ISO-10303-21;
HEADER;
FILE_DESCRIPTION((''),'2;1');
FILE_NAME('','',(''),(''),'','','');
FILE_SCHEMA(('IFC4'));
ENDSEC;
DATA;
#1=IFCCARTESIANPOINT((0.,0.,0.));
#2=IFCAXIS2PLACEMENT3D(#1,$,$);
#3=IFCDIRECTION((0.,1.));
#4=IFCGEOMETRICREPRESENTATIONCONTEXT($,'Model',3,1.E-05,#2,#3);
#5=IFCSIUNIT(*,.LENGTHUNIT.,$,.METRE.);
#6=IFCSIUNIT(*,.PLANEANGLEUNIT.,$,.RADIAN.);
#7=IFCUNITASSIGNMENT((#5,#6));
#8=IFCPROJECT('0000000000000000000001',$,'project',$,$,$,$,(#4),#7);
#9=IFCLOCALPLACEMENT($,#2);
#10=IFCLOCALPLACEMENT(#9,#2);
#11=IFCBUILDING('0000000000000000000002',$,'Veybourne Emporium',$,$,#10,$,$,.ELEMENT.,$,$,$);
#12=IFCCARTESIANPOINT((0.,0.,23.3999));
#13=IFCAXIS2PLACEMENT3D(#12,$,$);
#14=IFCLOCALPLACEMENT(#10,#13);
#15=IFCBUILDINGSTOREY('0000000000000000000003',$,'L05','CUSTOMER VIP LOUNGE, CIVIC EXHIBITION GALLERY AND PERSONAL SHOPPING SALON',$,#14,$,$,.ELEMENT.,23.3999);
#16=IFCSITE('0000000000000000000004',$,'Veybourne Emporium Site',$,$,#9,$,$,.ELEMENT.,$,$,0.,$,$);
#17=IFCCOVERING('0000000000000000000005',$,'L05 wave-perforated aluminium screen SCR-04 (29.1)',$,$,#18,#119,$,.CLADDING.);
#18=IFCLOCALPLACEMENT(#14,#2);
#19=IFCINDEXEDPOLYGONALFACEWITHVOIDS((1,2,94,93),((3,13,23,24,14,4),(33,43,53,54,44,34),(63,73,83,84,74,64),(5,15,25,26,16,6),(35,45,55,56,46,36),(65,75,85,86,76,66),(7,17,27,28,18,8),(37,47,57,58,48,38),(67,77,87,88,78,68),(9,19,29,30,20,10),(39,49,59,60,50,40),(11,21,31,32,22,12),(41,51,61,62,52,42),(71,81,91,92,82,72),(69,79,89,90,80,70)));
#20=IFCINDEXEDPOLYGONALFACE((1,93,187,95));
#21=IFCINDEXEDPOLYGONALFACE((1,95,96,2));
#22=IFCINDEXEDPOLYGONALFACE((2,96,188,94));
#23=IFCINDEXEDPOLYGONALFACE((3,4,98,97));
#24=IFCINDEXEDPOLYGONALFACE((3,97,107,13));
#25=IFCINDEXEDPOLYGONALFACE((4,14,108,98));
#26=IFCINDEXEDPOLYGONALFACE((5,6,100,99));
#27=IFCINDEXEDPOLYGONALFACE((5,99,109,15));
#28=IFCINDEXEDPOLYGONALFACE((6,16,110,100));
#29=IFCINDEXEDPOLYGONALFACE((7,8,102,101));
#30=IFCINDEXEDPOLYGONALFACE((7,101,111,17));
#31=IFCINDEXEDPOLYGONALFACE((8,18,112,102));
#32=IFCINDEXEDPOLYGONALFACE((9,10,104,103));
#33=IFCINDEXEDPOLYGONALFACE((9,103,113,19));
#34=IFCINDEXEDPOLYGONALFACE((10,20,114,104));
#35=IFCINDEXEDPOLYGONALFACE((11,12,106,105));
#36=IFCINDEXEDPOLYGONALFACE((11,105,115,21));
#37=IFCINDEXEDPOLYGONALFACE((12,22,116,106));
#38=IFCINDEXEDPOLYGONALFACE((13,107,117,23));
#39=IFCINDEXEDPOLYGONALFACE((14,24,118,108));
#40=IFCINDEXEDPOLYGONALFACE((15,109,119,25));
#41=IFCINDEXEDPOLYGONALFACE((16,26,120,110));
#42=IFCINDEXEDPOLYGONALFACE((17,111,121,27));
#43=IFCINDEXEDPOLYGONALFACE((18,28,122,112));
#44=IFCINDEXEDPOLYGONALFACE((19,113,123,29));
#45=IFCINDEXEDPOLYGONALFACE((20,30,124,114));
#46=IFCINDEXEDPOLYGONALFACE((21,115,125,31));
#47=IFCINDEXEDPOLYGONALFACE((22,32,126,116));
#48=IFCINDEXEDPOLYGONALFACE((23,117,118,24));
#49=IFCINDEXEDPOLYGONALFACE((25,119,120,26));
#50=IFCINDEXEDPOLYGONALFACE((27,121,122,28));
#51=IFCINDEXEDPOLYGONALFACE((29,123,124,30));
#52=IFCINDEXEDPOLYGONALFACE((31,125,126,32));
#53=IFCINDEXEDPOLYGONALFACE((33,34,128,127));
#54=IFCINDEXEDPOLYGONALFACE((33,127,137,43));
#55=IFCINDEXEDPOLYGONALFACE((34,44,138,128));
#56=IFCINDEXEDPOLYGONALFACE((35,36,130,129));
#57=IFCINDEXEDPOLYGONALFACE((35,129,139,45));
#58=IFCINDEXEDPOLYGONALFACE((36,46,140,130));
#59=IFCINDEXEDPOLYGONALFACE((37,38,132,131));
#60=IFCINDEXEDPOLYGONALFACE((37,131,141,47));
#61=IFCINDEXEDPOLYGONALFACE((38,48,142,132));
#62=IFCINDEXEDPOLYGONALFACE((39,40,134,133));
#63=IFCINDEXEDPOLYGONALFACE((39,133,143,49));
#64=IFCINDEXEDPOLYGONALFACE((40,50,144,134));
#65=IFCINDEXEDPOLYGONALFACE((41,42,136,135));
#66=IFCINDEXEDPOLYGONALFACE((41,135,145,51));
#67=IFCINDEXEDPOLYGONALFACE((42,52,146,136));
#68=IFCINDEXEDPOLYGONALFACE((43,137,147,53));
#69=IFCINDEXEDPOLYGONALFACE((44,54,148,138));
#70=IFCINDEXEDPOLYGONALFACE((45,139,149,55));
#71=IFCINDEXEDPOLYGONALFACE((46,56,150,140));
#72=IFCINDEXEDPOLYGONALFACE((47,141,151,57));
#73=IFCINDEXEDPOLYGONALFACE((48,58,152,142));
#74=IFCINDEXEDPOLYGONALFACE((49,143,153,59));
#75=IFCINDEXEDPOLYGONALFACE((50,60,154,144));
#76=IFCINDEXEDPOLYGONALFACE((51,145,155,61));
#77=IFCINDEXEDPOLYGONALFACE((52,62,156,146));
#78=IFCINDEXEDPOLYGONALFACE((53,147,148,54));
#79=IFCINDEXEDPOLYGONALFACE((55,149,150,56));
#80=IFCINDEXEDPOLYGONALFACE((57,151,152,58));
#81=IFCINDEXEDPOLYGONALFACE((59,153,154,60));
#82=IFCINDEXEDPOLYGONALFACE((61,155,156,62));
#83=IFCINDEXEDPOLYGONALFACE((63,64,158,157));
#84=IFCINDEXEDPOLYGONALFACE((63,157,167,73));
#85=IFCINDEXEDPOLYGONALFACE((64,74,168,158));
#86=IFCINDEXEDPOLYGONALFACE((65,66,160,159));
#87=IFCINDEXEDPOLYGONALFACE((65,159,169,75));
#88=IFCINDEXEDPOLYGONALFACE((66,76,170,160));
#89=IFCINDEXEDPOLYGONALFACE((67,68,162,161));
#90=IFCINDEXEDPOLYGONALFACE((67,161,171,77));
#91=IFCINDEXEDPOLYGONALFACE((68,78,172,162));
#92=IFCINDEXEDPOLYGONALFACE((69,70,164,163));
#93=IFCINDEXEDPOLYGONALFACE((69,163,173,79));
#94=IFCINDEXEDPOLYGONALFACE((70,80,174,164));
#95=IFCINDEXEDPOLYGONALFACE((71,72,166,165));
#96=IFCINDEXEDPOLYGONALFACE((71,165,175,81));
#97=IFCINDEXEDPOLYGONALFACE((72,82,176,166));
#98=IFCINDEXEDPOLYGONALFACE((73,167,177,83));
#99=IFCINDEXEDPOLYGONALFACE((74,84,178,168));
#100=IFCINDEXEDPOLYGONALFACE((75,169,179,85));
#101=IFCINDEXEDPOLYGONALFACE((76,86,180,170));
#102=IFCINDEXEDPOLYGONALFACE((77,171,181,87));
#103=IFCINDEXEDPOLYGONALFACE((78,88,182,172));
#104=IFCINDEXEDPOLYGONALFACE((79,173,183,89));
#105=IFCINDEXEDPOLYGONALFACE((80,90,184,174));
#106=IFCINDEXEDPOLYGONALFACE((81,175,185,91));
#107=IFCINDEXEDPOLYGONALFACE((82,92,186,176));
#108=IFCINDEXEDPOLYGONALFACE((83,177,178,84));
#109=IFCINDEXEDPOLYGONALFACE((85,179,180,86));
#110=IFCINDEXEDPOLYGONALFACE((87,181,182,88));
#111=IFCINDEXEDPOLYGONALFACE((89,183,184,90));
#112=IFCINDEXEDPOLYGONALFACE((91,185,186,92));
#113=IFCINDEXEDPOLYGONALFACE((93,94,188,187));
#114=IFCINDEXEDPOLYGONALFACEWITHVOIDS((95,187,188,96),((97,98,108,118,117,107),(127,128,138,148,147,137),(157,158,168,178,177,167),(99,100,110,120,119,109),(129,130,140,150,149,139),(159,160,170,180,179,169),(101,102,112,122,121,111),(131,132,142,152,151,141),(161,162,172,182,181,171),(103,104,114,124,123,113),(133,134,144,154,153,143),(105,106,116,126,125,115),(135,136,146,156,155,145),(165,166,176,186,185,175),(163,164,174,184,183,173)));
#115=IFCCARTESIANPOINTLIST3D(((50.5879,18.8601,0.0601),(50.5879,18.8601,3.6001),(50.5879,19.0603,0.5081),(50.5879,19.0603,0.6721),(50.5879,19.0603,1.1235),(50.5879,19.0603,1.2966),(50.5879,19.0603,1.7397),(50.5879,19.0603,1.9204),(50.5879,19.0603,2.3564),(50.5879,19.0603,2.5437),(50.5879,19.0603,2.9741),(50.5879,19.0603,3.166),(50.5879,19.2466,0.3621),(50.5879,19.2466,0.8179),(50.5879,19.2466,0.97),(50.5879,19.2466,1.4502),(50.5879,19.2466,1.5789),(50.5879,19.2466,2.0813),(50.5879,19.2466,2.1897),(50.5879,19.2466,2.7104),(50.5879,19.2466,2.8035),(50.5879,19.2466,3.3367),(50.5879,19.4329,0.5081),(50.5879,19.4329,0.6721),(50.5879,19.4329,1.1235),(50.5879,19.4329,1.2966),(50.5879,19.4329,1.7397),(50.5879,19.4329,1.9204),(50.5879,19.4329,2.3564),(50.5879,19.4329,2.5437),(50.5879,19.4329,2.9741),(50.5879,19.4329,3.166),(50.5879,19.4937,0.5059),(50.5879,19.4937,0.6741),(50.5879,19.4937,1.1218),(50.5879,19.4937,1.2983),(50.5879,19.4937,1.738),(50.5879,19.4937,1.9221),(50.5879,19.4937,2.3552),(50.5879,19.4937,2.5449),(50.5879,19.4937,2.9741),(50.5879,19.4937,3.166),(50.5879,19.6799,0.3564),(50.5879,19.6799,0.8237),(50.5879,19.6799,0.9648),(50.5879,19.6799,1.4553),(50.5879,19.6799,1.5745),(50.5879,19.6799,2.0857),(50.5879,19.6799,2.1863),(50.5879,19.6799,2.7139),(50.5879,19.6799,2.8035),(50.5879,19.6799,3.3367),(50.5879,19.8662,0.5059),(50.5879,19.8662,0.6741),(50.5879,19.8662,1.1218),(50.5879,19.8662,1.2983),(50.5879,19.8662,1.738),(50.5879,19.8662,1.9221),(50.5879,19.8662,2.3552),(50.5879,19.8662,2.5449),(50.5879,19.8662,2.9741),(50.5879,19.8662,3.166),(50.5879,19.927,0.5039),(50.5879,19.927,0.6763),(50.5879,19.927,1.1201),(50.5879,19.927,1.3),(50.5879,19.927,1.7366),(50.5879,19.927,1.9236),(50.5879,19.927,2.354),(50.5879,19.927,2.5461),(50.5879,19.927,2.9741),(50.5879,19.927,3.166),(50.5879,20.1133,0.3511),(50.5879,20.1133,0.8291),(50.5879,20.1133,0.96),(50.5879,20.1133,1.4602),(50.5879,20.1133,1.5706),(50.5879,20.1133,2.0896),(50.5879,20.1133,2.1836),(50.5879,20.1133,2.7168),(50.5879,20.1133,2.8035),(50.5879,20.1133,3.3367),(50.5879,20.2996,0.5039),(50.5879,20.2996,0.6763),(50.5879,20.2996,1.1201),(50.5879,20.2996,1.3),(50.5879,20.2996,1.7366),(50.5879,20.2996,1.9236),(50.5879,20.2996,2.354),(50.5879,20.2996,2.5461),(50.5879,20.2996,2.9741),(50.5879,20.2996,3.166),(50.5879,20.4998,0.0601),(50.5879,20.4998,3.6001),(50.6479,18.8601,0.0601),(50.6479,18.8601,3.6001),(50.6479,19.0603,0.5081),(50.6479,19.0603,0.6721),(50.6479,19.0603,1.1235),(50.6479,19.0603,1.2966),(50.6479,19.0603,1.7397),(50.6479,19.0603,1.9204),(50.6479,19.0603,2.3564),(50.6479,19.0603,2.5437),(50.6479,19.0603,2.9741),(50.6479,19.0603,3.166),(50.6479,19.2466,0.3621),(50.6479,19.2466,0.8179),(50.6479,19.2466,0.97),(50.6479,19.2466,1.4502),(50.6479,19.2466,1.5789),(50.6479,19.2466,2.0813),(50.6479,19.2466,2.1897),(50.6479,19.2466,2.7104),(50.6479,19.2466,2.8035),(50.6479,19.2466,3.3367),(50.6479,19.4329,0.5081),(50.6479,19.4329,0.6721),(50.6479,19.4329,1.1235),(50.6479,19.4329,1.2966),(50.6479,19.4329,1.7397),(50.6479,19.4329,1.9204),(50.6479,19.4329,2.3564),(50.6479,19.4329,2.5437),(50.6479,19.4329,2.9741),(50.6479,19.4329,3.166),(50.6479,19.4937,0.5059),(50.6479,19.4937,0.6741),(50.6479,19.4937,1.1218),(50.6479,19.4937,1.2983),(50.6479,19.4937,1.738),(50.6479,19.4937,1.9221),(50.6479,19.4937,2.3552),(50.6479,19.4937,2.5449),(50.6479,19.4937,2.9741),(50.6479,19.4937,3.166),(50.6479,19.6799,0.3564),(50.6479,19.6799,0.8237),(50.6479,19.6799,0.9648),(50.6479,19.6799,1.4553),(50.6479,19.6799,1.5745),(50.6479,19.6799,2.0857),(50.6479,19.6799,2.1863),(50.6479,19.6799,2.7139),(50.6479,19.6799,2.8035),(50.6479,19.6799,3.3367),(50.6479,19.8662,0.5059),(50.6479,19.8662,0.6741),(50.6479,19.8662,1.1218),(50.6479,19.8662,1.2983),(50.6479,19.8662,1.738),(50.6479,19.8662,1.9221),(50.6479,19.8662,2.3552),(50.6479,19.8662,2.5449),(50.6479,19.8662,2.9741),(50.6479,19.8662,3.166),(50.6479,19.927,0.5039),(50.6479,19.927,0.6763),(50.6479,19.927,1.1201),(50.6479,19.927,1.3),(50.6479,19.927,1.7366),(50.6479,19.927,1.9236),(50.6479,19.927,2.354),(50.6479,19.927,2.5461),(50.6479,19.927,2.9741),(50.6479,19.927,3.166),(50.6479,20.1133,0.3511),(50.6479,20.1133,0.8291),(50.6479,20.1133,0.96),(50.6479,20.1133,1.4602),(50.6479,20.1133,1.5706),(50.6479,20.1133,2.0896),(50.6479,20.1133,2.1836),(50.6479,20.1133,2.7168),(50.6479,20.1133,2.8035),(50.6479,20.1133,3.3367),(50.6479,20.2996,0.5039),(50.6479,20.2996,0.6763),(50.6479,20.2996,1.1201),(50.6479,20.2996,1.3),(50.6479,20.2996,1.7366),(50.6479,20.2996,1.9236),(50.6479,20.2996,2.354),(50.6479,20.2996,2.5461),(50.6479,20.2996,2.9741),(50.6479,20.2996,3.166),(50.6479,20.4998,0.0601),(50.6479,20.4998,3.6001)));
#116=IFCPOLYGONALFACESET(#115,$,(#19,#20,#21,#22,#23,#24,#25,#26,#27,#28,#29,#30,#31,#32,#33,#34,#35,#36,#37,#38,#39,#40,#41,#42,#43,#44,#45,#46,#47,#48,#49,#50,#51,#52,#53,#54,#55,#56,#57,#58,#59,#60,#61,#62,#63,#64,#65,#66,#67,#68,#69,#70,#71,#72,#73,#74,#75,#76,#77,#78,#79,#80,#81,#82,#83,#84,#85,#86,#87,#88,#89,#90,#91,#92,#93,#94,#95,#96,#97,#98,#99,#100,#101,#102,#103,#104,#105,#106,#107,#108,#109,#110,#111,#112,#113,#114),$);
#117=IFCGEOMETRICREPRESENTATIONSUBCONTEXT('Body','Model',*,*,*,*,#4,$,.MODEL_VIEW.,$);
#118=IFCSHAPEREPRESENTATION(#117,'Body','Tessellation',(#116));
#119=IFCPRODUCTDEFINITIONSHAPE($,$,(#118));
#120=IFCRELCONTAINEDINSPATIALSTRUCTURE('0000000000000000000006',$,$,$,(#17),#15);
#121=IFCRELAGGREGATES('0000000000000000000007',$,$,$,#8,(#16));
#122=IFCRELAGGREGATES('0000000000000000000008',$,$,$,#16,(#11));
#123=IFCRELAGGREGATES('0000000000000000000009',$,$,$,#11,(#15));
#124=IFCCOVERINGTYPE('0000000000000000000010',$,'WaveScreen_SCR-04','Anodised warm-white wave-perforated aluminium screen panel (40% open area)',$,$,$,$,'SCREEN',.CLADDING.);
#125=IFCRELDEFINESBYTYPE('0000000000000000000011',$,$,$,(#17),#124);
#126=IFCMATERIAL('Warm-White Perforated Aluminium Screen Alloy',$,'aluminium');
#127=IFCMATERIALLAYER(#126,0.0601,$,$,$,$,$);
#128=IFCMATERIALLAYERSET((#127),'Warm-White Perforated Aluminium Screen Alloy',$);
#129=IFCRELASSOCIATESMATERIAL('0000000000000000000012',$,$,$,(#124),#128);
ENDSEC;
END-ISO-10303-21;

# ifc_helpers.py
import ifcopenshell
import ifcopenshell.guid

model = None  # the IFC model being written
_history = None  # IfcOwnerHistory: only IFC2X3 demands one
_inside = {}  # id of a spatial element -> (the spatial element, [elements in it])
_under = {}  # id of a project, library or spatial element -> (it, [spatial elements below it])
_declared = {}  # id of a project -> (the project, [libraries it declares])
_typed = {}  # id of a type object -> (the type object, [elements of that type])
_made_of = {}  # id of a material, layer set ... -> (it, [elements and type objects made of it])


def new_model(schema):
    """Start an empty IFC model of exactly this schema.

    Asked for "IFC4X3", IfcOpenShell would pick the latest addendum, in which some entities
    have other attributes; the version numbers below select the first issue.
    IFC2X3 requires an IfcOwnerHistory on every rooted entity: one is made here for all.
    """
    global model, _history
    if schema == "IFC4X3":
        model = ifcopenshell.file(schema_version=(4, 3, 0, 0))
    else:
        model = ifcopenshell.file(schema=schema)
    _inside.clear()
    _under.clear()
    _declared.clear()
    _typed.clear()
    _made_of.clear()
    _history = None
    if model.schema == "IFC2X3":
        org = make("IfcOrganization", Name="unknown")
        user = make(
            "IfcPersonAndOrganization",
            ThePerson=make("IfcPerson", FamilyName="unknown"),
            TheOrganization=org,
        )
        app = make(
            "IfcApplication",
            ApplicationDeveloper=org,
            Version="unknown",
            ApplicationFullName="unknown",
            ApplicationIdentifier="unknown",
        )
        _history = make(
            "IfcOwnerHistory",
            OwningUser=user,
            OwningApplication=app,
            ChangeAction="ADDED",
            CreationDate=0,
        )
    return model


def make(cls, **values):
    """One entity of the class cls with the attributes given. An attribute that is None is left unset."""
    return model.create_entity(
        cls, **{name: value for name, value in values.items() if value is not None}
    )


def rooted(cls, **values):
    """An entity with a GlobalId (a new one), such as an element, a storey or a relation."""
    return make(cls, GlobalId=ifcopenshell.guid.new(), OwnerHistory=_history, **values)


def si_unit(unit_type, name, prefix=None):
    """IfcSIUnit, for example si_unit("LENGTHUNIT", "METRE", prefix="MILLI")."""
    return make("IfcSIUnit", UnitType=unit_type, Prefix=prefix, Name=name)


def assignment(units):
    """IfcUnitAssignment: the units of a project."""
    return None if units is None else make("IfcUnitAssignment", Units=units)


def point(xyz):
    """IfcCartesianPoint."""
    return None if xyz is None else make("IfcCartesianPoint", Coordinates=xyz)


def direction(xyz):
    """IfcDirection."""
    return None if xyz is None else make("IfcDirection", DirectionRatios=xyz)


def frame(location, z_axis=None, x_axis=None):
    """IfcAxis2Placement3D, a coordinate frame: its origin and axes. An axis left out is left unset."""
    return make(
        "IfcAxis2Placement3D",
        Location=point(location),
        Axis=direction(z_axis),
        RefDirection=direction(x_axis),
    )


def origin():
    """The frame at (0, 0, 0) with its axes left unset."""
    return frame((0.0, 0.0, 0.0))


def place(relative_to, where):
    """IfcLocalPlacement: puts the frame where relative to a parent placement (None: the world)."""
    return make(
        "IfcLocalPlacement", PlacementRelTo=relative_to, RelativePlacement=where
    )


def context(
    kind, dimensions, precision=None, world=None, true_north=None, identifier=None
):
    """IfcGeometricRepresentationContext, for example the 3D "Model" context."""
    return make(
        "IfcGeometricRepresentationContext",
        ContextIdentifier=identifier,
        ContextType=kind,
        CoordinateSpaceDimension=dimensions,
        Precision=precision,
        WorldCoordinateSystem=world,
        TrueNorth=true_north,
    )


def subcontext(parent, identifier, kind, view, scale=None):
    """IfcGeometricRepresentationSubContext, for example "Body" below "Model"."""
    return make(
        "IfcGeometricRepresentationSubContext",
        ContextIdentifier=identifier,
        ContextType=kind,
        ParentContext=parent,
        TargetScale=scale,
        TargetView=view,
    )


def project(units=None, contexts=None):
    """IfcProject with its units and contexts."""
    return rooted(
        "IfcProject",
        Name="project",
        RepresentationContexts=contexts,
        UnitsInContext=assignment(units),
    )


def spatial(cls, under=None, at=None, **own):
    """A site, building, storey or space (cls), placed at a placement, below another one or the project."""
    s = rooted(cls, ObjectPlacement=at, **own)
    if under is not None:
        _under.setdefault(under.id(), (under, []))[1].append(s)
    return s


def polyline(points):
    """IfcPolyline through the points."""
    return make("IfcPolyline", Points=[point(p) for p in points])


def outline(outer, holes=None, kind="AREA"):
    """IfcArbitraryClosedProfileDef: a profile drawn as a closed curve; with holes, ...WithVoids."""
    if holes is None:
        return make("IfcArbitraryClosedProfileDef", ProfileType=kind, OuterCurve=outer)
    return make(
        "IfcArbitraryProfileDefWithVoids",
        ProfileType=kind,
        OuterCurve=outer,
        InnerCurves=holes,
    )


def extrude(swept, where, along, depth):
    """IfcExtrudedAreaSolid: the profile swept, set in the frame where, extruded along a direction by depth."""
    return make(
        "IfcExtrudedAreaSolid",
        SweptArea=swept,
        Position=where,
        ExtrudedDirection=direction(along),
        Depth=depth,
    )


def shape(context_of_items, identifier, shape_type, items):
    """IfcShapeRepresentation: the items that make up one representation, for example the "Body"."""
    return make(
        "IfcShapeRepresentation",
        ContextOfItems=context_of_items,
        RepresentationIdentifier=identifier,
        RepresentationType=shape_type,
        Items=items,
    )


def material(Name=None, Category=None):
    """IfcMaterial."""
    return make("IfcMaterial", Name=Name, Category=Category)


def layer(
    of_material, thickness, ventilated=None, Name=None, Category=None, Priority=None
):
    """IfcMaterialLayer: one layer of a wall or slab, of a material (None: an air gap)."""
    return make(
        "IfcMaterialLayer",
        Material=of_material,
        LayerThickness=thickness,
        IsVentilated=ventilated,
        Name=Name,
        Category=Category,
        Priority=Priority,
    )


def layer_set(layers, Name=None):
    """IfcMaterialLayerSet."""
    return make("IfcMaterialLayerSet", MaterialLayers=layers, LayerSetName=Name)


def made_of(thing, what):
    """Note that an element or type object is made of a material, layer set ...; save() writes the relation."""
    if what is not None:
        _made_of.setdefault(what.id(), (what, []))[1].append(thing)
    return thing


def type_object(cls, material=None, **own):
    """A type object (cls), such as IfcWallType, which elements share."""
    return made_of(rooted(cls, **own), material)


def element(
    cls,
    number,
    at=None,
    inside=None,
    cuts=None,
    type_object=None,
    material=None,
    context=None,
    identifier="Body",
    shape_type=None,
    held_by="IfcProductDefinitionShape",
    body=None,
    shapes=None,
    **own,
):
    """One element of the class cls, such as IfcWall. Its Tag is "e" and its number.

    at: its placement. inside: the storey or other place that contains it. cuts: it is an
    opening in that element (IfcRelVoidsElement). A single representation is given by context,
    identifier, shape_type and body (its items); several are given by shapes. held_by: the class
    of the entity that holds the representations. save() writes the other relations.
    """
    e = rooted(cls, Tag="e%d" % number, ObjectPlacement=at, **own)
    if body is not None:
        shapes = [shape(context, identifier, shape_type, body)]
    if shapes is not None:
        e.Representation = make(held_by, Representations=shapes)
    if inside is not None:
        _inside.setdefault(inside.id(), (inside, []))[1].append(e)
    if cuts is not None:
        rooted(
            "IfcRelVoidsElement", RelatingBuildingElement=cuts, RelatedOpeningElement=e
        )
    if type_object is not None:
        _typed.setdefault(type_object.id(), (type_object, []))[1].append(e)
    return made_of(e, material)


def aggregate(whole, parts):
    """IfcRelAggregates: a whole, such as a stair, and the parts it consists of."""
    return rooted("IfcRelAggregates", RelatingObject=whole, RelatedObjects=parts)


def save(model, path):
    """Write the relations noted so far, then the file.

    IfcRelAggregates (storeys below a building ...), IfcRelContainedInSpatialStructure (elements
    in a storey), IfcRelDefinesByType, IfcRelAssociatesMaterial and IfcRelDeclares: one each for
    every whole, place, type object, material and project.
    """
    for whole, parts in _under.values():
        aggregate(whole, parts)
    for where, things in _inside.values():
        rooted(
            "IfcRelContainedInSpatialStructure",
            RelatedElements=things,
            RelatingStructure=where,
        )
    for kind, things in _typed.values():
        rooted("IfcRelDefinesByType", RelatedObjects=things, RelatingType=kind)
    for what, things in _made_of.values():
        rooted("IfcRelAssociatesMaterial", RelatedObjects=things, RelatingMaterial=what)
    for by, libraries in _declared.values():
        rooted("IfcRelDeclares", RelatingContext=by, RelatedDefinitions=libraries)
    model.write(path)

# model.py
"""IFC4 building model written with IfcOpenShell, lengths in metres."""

from ifc_helpers import new_model, si_unit, direction, frame, origin, place, context, subcontext, project, spatial, polyline, outline, extrude, material, layer, layer_set, type_object, element, save


model = new_model("IFC4")

# Units and contexts
model_context = context("Model", 3, precision=1e-05, world=origin(), true_north=direction((0.0, 1.0)))
body_context = subcontext(model_context, "Body", "Model", "MODEL_VIEW")
ifc_project = project(units=[si_unit("LENGTHUNIT", "METRE"), si_unit("PLANEANGLEUNIT", "RADIAN")], contexts=[model_context])

# Site, building, storey
site_placement = place(None, origin())
site = spatial("IfcSite", under=ifc_project, at=site_placement, Name="Veybourne Emporium Site", CompositionType="ELEMENT", RefElevation=0.0)
building_placement = place(site_placement, origin())
building = spatial("IfcBuilding", under=site, at=building_placement, Name="Veybourne Emporium", CompositionType="ELEMENT")
storey_placement = place(building_placement, frame((0.0, 0.0, 23.3999)))
storey = spatial("IfcBuildingStorey", under=building, at=storey_placement, Name="L05", Description="CUSTOMER VIP LOUNGE, CIVIC EXHIBITION GALLERY AND PERSONAL SHOPPING SALON", CompositionType="ELEMENT", Elevation=23.3999)

# Covering
ifc_material_1 = material(Name="Warm-White Perforated Aluminium Screen Alloy", Category="aluminium")
ifc_layer_1 = layer(ifc_material_1, 0.0601)
ifc_layer_set_1 = layer_set([ifc_layer_1], Name="Warm-White Perforated Aluminium Screen Alloy")
covering_type_1 = type_object("IfcCoveringType", Name="WaveScreen_SCR-04", Description="Anodised warm-white wave-perforated aluminium screen panel (40% open area)", ElementType="SCREEN", PredefinedType="CLADDING", material=ifc_layer_set_1)
covering_1_placement = place(storey_placement, frame((50.6479, 19.6799, 1.8301), z_axis=(-1.0, 0.0, 0.0), x_axis=(0.0, -1.0, 0.0)))
element("IfcCovering", 1, at=covering_1_placement, inside=storey, type_object=covering_type_1, Name="L05 wave-perforated aluminium screen SCR-04 (29.1)", PredefinedType="CLADDING", context=body_context, shape_type="SweptSolid", body=[
    extrude(outline(polyline([(-0.8198, -1.77), (0.8198, -1.77), (0.8198, 1.77), (-0.8198, 1.77), (-0.8198, -1.77)]), holes=[polyline([(-0.4333, -1.001), (-0.2471, -1.1538), (-0.2471, -1.3262), (-0.4333, -1.479), (-0.6196, -1.3262), (-0.6196, -1.1538), (-0.4333, -1.001)]), polyline([(-0.4333, -0.3699), (-0.2471, -0.53), (-0.2471, -0.71), (-0.4333, -0.8701), (-0.6196, -0.71), (-0.6196, -0.53), (-0.4333, -0.3699)]), polyline([(-0.4333, 0.2595), (-0.2471, 0.0935), (-0.2471, -0.0935), (-0.4333, -0.2595), (-0.6196, -0.0935), (-0.6196, 0.0935), (-0.4333, 0.2595)]), polyline([(-0.4333, 0.8867), (-0.2471, 0.7161), (-0.2471, 0.5239), (-0.4333, 0.3535), (-0.6196, 0.5239), (-0.6196, 0.7161), (-0.4333, 0.8867)]), polyline([(-0.4333, 1.5066), (-0.2471, 1.3359), (-0.2471, 1.144), (-0.4333, 0.9734), (-0.6196, 1.144), (-0.6196, 1.3359), (-0.4333, 1.5066)]), polyline([(0.0, -1.0063), (0.1863, -1.156), (0.1863, -1.3242), (0.0, -1.4736), (-0.1863, -1.3242), (-0.1863, -1.156), (0.0, -1.0063)]), polyline([(0.0, -0.3748), (0.1863, -0.5317), (0.1863, -0.7083), (0.0, -0.8652), (-0.1863, -0.7083), (-0.1863, -0.5317), (0.0, -0.3748)]), polyline([(0.0, 0.2556), (0.1863, 0.092), (0.1863, -0.092), (0.0, -0.2556), (-0.1863, -0.092), (-0.1863, 0.092), (0.0, 0.2556)]), polyline([(0.0, 0.8838), (0.1863, 0.7148), (0.1863, 0.5251), (0.0, 0.3562), (-0.1863, 0.5251), (-0.1863, 0.7148), (0.0, 0.8838)]), polyline([(0.0, 1.5066), (0.1863, 1.3359), (0.1863, 1.144), (0.0, 0.9734), (-0.1863, 1.144), (-0.1863, 1.3359), (0.0, 1.5066)]), polyline([(0.4333, -1.0122), (0.6196, -1.158), (0.6196, -1.322), (0.4333, -1.468), (0.2471, -1.322), (0.2471, -1.158), (0.4333, -1.0122)]), polyline([(0.4333, -0.3799), (0.6196, -0.5334), (0.6196, -0.7065), (0.4333, -0.8601), (0.2471, -0.7065), (0.2471, -0.5334), (0.4333, -0.3799)]), polyline([(0.4333, 0.2512), (0.6196, 0.0903), (0.6196, -0.0903), (0.4333, -0.2512), (0.2471, -0.0903), (0.2471, 0.0903), (0.4333, 0.2512)]), polyline([(0.4333, 0.8804), (0.6196, 0.7136), (0.6196, 0.5264), (0.4333, 0.3596), (0.2471, 0.5264), (0.2471, 0.7136), (0.4333, 0.8804)]), polyline([(0.4333, 1.5066), (0.6196, 1.3359), (0.6196, 1.144), (0.4333, 0.9734), (0.2471, 1.144), (0.2471, 1.3359), (0.4333, 1.5066)])]), origin(), (0.0, 0.0, 1.0), 0.0601),
])

save(model, "model.ifc")
